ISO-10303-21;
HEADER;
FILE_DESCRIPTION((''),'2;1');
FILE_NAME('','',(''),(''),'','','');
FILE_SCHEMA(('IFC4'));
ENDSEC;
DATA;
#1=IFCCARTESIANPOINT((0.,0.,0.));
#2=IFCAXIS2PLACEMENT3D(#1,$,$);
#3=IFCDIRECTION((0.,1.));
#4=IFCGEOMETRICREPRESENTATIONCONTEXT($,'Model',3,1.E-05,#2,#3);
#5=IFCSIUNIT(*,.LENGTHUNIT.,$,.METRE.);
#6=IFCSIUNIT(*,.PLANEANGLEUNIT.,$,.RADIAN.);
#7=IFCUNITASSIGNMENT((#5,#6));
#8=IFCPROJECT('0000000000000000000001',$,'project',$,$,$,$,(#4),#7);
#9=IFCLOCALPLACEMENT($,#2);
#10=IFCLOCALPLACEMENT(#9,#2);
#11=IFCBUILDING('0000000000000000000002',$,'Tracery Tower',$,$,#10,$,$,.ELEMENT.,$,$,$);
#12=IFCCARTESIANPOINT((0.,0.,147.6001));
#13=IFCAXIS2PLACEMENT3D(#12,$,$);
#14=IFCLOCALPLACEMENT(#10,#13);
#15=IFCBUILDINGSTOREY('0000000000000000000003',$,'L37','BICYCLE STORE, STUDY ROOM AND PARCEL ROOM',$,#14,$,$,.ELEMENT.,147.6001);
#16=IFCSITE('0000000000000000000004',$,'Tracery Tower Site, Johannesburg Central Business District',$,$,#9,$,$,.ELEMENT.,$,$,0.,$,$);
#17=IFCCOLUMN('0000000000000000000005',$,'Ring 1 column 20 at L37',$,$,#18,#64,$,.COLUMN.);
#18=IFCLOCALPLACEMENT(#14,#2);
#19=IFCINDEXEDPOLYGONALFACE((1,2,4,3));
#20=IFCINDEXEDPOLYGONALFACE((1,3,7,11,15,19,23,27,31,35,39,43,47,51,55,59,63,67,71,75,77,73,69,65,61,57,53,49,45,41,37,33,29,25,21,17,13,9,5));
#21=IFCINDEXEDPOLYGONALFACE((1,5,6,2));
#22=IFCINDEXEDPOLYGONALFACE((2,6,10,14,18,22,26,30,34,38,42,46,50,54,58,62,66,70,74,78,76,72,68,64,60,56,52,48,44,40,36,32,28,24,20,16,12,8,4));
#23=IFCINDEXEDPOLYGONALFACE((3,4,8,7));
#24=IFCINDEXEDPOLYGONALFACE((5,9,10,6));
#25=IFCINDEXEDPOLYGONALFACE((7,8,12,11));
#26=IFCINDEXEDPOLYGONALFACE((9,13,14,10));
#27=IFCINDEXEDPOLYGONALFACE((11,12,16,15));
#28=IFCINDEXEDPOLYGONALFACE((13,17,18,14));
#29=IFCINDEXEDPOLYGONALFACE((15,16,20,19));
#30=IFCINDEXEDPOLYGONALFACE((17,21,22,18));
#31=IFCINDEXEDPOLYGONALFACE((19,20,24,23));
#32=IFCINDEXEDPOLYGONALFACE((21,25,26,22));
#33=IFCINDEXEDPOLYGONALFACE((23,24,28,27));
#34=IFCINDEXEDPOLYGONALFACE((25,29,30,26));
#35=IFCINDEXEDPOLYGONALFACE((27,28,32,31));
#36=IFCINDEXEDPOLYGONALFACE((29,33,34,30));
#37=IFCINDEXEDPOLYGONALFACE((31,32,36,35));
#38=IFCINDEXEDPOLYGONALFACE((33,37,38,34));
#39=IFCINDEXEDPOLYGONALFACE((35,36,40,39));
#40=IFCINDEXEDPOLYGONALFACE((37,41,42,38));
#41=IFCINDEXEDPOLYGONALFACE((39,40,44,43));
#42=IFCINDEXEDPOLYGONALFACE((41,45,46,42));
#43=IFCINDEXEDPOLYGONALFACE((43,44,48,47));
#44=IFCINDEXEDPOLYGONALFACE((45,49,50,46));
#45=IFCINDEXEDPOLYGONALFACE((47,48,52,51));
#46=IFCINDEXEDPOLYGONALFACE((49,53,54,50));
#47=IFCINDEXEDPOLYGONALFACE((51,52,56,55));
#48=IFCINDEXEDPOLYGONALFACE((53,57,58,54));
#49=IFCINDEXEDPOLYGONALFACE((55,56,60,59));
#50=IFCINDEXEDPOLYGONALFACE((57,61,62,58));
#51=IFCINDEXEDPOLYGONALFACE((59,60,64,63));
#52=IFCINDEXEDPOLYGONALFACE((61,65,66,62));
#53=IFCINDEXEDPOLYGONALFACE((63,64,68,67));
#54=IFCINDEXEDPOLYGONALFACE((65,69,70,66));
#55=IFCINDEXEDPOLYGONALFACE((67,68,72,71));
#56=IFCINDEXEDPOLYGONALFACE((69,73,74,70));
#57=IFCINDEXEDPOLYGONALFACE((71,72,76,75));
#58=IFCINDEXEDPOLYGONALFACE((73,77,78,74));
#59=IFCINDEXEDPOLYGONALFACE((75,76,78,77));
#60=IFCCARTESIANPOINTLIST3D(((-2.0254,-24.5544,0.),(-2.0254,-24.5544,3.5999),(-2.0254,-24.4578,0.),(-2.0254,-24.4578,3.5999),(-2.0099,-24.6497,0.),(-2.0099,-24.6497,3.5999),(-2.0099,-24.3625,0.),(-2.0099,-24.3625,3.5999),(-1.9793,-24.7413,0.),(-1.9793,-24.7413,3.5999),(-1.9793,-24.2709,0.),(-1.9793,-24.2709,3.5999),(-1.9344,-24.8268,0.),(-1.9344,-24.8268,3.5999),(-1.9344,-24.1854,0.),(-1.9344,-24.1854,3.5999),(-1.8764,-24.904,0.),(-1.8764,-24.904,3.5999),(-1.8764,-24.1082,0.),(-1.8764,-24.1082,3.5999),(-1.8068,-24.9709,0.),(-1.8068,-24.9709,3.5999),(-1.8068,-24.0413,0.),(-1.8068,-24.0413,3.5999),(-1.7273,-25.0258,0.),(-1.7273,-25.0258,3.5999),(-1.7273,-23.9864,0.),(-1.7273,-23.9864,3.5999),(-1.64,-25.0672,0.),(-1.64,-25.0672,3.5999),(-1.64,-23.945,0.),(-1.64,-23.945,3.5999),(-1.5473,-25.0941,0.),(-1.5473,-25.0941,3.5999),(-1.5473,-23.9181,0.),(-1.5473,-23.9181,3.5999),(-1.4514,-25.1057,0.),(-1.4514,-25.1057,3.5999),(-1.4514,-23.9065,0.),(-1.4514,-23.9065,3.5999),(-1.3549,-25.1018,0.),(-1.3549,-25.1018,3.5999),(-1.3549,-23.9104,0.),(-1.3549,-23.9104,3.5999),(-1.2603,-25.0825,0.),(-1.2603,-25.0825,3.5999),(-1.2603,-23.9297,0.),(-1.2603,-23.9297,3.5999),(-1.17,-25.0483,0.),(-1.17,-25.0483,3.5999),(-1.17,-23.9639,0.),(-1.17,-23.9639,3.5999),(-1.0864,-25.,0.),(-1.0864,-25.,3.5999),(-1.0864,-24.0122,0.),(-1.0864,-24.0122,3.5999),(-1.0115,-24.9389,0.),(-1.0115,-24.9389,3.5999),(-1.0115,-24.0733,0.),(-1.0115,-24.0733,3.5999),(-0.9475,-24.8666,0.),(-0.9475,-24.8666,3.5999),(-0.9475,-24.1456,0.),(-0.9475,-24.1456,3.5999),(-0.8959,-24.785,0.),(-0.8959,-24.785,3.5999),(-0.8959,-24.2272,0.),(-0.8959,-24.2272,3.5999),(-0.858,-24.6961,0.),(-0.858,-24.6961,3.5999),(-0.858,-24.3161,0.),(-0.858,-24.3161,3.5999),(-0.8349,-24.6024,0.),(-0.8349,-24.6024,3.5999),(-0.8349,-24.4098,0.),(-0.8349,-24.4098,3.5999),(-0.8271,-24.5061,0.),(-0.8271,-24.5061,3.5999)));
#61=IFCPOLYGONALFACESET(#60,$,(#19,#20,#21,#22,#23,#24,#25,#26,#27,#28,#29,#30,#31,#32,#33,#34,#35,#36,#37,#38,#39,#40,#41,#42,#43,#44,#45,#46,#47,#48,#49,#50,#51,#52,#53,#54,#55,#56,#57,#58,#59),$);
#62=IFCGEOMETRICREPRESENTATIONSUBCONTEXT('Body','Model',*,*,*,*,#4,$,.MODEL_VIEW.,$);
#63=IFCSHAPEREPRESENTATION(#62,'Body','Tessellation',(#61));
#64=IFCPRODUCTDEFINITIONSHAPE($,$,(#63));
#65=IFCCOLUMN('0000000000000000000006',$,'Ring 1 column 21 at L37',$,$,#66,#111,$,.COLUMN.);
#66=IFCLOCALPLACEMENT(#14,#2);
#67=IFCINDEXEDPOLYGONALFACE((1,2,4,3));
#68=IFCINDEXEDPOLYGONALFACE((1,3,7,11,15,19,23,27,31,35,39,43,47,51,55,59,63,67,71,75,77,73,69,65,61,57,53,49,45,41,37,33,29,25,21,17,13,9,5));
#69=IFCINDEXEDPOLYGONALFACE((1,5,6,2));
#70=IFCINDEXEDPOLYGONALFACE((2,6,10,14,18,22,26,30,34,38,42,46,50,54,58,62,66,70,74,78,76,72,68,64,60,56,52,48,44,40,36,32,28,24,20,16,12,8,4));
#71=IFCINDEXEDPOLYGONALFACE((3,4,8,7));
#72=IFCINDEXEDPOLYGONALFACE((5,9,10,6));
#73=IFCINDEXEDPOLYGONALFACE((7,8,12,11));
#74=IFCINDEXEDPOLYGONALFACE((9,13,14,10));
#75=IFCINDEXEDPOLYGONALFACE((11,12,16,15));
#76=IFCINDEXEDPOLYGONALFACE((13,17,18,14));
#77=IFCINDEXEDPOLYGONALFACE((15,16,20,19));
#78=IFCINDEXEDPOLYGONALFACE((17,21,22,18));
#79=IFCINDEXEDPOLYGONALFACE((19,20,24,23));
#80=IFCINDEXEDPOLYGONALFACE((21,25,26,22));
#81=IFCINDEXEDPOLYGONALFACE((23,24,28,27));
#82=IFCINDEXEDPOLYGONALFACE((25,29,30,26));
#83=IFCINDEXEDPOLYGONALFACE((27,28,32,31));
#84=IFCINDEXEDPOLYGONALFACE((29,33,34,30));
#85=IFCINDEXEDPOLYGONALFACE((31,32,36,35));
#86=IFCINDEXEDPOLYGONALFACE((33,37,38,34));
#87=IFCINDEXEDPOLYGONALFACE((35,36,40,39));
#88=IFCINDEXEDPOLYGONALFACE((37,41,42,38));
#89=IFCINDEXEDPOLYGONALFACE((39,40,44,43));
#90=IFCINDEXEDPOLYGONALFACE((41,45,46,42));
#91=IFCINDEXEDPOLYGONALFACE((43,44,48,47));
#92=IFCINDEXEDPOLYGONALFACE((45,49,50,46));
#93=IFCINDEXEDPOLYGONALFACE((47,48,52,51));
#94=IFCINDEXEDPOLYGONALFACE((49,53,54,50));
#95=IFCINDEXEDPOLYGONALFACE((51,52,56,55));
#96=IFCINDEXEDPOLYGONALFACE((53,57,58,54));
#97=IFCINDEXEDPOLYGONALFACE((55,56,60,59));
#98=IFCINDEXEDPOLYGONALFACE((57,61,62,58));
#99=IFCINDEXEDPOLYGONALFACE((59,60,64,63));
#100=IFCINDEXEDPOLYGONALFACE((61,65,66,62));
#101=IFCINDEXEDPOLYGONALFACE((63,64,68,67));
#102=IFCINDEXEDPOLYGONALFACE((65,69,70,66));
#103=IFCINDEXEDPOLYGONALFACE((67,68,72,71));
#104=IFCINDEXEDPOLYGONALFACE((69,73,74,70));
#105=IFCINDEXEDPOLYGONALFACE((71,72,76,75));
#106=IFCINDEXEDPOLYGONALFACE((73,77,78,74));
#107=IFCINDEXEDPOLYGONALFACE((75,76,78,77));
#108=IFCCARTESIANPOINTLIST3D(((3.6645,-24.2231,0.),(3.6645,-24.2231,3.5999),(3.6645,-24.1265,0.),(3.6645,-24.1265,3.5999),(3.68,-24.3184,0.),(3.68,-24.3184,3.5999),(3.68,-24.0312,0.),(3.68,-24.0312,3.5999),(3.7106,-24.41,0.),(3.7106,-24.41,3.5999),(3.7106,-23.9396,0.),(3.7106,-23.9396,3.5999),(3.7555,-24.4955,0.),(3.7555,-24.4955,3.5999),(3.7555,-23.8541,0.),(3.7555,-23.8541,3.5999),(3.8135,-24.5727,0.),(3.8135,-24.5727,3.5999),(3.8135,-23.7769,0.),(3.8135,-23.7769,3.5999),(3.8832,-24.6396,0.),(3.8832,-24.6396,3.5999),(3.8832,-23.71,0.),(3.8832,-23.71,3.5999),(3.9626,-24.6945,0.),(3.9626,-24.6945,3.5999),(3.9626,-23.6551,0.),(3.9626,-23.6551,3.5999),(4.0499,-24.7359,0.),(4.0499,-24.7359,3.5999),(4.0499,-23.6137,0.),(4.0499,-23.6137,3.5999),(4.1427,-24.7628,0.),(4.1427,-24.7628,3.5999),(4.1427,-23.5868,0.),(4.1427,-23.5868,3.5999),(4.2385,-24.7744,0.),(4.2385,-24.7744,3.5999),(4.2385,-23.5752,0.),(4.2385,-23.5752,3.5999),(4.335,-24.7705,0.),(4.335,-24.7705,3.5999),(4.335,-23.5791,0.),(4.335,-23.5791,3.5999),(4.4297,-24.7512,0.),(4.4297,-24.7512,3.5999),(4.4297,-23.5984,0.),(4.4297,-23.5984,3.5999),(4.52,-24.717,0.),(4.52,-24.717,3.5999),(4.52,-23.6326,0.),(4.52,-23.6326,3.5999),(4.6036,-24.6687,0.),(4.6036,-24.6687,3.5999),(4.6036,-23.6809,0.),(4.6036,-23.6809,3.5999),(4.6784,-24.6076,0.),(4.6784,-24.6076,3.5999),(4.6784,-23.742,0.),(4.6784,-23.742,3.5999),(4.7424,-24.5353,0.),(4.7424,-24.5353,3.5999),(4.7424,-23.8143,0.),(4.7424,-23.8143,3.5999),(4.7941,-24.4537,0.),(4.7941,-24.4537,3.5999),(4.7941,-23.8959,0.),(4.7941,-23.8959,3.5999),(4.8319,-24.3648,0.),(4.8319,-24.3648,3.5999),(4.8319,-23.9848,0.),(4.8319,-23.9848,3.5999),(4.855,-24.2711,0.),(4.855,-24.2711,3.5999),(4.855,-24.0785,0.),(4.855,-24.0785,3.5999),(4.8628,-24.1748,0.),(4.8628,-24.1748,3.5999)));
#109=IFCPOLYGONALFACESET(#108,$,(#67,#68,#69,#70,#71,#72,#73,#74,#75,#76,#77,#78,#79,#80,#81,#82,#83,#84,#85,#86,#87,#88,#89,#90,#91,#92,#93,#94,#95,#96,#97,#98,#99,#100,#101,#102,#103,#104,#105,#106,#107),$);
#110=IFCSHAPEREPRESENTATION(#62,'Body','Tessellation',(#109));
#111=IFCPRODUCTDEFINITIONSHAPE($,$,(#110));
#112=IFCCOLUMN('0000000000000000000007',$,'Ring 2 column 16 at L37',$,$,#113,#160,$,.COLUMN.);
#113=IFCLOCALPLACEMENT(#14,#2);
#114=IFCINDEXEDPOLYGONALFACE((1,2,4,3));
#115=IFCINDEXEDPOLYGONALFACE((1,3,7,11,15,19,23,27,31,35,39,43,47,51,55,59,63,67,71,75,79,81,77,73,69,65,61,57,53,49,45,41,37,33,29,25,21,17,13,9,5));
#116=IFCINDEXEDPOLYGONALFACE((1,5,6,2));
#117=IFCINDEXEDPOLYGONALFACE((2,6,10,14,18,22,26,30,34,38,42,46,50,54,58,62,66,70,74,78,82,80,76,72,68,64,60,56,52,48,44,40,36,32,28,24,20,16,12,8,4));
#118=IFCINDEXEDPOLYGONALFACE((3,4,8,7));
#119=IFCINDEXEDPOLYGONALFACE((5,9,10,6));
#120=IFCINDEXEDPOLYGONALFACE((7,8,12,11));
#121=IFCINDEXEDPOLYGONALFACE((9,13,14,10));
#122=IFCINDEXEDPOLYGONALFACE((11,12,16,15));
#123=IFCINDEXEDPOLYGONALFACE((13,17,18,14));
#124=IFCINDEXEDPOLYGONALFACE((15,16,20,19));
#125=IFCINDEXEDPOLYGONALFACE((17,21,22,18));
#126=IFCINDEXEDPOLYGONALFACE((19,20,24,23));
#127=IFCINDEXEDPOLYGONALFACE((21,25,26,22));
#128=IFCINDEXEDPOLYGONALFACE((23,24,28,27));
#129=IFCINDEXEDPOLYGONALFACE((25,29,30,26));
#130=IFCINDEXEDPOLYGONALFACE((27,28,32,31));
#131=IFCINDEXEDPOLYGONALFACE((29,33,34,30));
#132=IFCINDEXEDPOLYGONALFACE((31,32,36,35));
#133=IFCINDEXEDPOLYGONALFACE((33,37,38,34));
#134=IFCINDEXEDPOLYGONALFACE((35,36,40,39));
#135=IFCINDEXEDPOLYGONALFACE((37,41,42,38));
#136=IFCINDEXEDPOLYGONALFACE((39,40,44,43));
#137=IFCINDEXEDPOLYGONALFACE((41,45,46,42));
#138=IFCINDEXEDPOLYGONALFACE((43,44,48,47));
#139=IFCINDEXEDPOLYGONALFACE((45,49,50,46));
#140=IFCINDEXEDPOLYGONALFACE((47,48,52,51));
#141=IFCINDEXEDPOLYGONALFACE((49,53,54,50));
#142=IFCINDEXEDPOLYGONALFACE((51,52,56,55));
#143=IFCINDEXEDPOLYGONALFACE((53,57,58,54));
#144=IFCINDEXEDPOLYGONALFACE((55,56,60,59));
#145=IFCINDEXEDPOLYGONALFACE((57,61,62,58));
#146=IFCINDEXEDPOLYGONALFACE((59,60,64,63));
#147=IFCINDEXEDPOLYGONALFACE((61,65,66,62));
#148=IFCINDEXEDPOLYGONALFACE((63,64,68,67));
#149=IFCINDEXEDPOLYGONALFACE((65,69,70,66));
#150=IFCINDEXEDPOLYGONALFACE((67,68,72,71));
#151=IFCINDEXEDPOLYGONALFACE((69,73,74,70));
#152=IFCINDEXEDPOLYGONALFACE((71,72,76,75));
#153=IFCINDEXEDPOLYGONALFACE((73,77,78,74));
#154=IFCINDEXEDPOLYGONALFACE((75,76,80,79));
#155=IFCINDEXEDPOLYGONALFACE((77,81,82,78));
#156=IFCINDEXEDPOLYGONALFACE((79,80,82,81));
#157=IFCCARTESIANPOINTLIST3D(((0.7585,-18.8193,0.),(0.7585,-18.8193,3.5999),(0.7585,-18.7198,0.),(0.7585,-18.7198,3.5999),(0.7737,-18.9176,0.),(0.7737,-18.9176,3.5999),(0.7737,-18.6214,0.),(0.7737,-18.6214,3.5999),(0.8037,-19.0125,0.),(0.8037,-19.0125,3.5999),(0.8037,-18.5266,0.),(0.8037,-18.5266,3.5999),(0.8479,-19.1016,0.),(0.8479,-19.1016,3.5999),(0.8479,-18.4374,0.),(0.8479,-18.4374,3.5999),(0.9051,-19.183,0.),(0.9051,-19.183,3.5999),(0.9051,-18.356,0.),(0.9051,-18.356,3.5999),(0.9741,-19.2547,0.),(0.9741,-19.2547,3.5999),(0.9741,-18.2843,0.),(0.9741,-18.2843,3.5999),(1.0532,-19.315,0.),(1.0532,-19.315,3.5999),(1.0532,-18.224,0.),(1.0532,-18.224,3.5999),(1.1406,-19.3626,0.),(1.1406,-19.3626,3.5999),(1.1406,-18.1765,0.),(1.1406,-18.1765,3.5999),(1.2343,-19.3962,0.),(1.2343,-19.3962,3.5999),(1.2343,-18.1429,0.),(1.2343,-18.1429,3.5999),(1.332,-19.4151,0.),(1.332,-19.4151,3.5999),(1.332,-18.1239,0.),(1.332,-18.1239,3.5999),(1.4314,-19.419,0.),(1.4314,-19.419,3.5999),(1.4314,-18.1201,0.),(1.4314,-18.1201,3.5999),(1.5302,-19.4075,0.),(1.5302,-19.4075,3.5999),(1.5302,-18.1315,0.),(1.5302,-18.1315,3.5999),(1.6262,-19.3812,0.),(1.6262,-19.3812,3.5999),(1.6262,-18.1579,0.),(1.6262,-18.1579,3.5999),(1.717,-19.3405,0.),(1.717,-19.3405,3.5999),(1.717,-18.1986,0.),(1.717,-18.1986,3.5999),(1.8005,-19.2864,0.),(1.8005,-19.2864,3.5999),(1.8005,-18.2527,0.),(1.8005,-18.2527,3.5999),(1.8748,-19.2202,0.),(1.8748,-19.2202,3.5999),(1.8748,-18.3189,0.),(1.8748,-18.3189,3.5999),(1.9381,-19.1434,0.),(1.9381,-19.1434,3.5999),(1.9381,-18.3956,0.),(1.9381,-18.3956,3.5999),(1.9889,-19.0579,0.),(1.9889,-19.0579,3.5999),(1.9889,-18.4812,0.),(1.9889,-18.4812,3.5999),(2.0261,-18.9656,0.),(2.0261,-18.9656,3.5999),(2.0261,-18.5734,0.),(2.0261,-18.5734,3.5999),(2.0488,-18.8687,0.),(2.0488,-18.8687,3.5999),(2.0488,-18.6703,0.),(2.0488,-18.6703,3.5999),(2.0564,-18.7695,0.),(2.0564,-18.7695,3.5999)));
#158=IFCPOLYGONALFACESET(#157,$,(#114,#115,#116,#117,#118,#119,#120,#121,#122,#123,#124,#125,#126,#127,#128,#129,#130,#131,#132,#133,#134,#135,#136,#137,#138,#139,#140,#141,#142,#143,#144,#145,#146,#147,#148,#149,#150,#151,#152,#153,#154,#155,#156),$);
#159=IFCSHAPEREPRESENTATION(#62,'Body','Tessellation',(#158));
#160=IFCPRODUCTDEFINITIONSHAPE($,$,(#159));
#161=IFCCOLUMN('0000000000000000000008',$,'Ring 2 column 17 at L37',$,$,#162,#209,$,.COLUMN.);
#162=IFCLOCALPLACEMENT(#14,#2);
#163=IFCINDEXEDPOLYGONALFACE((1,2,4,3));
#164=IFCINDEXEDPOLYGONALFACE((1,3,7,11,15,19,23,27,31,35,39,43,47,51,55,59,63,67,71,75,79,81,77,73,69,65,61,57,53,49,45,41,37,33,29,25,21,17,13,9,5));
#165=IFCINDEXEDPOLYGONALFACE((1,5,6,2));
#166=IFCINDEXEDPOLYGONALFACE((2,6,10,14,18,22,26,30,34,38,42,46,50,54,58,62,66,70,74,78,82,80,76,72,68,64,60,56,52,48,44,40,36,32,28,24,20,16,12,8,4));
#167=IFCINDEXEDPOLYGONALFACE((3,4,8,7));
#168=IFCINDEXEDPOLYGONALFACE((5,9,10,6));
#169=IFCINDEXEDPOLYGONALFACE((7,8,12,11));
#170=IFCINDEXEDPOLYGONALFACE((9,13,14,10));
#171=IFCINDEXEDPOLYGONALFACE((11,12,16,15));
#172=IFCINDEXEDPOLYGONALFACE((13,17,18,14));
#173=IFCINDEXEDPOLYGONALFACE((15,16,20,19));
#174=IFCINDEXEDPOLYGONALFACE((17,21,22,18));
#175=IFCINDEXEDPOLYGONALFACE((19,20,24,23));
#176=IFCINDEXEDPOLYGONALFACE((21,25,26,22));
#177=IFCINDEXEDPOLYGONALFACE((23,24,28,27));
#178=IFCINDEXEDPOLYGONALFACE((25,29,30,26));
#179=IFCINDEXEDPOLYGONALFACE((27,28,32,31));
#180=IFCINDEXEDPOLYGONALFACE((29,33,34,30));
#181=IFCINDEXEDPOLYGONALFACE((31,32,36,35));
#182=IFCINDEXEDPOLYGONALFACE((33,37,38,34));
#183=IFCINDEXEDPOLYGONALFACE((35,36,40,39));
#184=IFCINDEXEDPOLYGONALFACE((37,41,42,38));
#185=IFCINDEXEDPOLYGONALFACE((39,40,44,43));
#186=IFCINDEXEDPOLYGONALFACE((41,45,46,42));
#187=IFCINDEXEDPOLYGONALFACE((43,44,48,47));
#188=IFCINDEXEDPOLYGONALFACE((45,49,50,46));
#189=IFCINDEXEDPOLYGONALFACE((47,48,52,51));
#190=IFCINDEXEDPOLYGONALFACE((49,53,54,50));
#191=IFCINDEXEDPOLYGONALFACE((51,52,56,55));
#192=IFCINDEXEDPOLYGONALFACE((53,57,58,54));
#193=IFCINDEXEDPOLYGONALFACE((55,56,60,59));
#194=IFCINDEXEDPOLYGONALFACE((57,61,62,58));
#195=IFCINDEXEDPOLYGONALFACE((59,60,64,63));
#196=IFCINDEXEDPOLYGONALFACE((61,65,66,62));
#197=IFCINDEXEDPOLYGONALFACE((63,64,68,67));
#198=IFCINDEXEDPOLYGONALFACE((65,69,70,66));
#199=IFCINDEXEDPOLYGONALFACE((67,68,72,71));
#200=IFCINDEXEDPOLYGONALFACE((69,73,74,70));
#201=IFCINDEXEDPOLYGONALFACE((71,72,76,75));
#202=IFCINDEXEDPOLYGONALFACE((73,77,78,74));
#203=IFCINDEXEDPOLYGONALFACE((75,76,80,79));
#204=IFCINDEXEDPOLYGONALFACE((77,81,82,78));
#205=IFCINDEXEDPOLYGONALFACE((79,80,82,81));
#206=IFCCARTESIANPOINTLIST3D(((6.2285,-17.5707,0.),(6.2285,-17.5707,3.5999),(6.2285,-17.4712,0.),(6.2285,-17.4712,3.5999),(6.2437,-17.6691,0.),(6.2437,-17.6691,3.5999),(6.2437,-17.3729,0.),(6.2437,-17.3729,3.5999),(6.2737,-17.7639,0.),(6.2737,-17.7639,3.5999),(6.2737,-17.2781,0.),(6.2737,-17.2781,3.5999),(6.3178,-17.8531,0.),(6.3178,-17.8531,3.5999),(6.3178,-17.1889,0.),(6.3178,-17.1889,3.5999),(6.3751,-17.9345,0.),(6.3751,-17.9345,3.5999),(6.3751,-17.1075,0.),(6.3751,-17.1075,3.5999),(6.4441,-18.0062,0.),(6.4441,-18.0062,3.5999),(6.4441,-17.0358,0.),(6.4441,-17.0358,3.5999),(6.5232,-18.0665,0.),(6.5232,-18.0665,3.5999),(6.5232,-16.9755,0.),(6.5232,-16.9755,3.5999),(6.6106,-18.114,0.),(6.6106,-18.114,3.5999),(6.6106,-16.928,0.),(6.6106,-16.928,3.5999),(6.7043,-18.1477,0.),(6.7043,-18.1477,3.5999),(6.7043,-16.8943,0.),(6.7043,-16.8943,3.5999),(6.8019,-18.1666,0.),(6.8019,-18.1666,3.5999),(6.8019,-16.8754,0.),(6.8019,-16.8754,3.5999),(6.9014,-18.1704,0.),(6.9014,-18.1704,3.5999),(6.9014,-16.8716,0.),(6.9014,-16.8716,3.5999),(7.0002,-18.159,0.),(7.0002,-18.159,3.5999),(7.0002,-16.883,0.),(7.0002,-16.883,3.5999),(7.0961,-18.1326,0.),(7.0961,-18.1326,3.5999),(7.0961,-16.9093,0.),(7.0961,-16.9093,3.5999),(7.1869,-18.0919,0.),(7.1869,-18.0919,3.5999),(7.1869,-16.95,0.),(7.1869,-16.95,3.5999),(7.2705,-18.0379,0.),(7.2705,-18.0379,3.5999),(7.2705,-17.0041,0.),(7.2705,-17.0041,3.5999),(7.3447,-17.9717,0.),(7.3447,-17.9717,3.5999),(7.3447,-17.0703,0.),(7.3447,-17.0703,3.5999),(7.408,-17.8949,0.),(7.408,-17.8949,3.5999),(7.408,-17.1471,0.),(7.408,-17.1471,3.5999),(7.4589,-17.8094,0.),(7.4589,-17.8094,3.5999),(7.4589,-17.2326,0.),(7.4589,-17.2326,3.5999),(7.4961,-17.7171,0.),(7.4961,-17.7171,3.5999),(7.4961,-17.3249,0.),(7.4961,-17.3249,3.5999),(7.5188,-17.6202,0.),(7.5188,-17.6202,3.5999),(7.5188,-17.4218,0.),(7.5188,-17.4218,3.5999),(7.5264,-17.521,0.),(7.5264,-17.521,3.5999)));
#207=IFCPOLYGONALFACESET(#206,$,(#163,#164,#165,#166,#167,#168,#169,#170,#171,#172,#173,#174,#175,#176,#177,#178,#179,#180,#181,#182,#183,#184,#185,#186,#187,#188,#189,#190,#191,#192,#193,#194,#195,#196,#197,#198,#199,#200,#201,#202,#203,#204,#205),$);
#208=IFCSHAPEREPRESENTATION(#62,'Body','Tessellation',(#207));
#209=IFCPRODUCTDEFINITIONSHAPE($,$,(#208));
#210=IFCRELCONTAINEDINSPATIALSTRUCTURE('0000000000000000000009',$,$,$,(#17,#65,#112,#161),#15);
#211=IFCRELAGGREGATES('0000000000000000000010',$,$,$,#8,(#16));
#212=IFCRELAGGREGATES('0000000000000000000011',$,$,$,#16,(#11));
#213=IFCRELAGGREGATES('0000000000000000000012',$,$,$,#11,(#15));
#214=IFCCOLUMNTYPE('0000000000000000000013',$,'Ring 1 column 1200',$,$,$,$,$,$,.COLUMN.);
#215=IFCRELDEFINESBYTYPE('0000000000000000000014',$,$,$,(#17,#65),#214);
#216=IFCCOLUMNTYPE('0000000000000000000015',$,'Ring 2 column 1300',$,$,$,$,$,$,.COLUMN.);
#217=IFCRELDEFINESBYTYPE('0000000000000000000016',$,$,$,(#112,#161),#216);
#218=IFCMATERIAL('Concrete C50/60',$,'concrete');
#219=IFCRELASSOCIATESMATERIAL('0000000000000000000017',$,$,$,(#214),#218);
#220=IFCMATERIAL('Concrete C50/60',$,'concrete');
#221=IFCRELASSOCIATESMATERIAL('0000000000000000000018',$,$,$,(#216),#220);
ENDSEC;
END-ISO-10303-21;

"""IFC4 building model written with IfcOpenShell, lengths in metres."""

from ifc_helpers import new_model, si_unit, direction, frame, origin, origin_2d, place, context, subcontext, project, spatial, circle, extrude, material, material_profile, profile_set, type_object, element, save


model = new_model("IFC4")

# Units and contexts
model_context = context("Model", 3, precision=1e-05, world=origin(), true_north=direction((0.0, 1.0)))
body_context = subcontext(model_context, "Body", "Model", "MODEL_VIEW")
ifc_project = project(units=[si_unit("LENGTHUNIT", "METRE"), si_unit("PLANEANGLEUNIT", "RADIAN")], contexts=[model_context])

# Site, building, storey
site_placement = place(None, origin())
site = spatial("IfcSite", under=ifc_project, at=site_placement, Name="Tracery Tower Site, Johannesburg Central Business District", CompositionType="ELEMENT", RefElevation=0.0)
building_placement = place(site_placement, origin())
building = spatial("IfcBuilding", under=site, at=building_placement, Name="Tracery Tower", CompositionType="ELEMENT")
storey_placement = place(building_placement, frame((0.0, 0.0, 147.6001)))
storey = spatial("IfcBuildingStorey", under=building, at=storey_placement, Name="L37", Description="BICYCLE STORE, STUDY ROOM AND PARCEL ROOM", CompositionType="ELEMENT", Elevation=147.6001)

# Columns
ifc_material_1 = material(Name="Concrete C50/60", Category="concrete")
ifc_material_profile_1 = material_profile(ifc_material_1, circle(Radius=0.6001, at=origin_2d()), Name="RC D1200")
ifc_profile_set_1 = profile_set([ifc_material_profile_1], Name="Concrete C50/60")
column_type_1 = type_object("IfcColumnType", Name="Ring 1 column 1200", PredefinedType="COLUMN", material=ifc_profile_set_1)
for number, where, z_axis, x_axis, name in (
    (1, (-1.4272, -24.5061, 0.0), (0.0, 0.0, 1.0), (1.0, 0.0, 0.0), "Ring 1 column 20 at L37"),
    (2, (4.2627, -24.1748, 0.0), (0.0, 0.0, 1.0), (1.0, 0.0, 0.0), "Ring 1 column 21 at L37"),
):
    element("IfcColumn", number, at=place(storey_placement, frame(where, z_axis=z_axis, x_axis=x_axis)), inside=storey, type_object=column_type_1, Name=name, PredefinedType="COLUMN", context=body_context, shape_type="SweptSolid", body=[
        extrude(circle(Radius=0.6001, at=origin_2d()), origin(), (0.0, 0.0, 1.0), 3.5999),
    ])
ifc_material_2 = material(Name="Concrete C50/60", Category="concrete")
ifc_material_profile_2 = material_profile(ifc_material_2, circle(Radius=0.6499, at=origin_2d()), Name="RC D1300")
ifc_profile_set_2 = profile_set([ifc_material_profile_2], Name="Concrete C50/60")
column_type_2 = type_object("IfcColumnType", Name="Ring 2 column 1300", PredefinedType="COLUMN", material=ifc_profile_set_2)
for number, where, z_axis, x_axis, name in (
    (3, (1.4065, -18.7695, 0.0), (0.0, 0.0, 1.0), (1.0, 0.0, 0.0), "Ring 2 column 16 at L37"),
    (4, (6.8765, -17.521, 0.0), (0.0, 0.0, 1.0), (1.0, 0.0, 0.0), "Ring 2 column 17 at L37"),
):
    element("IfcColumn", number, at=place(storey_placement, frame(where, z_axis=z_axis, x_axis=x_axis)), inside=storey, type_object=column_type_2, Name=name, PredefinedType="COLUMN", context=body_context, shape_type="SweptSolid", body=[
        extrude(circle(Radius=0.6499, at=origin_2d()), origin(), (0.0, 0.0, 1.0), 3.5999),
    ])

save(model, "model.ifc")
